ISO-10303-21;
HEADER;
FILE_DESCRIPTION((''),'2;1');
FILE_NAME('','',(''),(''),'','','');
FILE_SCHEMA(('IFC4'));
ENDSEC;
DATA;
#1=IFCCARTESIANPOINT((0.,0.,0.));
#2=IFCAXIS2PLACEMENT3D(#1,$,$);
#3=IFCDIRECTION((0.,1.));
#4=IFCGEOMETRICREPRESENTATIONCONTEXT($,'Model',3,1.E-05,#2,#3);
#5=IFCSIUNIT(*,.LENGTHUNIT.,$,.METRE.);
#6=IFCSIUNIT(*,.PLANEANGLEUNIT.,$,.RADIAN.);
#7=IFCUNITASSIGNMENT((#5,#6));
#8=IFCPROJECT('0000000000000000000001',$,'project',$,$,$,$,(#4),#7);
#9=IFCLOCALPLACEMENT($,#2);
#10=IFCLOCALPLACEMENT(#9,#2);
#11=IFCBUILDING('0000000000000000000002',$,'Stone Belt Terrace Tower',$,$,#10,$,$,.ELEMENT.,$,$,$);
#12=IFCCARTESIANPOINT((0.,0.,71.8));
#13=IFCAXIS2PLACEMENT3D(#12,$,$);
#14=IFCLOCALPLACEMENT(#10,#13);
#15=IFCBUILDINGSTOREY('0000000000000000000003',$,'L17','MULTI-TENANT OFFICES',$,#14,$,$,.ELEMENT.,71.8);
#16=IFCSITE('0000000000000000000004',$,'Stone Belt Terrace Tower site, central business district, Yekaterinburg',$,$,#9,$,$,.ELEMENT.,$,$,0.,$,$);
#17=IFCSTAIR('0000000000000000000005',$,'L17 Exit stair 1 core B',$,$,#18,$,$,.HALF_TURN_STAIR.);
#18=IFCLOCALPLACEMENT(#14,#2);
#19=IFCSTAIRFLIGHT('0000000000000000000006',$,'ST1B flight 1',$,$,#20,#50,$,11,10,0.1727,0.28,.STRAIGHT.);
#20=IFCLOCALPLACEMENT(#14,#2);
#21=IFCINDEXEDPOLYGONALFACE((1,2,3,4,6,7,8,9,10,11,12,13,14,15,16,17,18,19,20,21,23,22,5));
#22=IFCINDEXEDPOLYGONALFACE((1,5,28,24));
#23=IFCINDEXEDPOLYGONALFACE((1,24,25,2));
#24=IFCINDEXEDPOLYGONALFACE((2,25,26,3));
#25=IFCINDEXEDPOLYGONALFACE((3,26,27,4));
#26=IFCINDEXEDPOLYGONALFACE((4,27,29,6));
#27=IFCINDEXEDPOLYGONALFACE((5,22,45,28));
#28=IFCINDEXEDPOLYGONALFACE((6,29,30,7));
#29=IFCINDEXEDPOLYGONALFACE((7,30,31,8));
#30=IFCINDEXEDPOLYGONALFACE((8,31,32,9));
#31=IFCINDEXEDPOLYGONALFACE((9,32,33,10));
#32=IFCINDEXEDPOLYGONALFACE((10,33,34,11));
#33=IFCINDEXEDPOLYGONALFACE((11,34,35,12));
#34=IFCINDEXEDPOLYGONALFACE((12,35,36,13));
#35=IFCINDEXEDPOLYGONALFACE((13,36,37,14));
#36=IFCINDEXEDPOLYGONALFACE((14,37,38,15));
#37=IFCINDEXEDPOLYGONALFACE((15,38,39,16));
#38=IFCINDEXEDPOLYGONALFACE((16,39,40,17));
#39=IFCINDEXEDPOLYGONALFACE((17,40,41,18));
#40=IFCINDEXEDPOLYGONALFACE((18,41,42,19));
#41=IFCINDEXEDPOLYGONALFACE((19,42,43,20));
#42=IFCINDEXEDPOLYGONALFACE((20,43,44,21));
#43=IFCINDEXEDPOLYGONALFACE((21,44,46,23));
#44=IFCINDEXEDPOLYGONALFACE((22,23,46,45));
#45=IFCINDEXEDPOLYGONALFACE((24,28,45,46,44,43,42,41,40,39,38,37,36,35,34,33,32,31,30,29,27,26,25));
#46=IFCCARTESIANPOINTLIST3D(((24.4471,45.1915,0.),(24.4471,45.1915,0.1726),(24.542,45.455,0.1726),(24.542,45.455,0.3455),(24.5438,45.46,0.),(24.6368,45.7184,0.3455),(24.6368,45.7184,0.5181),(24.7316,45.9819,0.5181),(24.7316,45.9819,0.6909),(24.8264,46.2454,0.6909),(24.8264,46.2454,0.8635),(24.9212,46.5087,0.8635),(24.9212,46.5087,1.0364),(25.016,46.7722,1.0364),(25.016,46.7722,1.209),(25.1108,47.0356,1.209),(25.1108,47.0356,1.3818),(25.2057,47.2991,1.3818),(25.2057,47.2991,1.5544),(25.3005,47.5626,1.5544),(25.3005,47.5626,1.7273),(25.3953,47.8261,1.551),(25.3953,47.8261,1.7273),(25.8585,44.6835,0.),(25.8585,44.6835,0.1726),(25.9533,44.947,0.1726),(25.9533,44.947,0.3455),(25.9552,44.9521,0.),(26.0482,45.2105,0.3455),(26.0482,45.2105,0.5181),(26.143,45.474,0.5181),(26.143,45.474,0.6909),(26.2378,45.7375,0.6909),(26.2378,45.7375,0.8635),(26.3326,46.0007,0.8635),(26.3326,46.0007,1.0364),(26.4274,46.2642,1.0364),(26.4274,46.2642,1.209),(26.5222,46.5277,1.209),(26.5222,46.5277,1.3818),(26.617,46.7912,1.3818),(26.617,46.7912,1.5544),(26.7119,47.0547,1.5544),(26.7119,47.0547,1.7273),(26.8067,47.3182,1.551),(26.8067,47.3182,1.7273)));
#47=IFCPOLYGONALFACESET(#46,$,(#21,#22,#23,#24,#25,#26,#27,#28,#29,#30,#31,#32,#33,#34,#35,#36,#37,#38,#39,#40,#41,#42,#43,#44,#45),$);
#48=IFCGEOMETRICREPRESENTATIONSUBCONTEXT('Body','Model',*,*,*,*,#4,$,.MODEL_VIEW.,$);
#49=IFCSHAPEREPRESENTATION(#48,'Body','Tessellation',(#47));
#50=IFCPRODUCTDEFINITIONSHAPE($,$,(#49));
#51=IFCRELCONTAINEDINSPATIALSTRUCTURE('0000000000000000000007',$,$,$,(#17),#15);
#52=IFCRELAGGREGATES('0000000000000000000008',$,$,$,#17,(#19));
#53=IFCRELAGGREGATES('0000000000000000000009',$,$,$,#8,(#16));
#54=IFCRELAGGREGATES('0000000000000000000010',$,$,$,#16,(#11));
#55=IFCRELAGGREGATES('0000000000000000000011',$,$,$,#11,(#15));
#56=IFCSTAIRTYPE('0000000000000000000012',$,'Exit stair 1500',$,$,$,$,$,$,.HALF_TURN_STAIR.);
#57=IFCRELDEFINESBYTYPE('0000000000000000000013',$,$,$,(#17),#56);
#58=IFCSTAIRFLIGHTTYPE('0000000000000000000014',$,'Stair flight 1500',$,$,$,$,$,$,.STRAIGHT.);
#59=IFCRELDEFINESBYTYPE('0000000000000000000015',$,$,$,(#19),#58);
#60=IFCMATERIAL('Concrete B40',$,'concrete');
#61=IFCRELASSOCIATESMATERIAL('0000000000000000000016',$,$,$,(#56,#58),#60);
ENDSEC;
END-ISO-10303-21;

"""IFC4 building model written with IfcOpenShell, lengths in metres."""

from ifc_helpers import new_model, si_unit, direction, frame, origin, place, context, subcontext, project, spatial, polyline, outline, extrude, material, type_object, element, aggregate, save


model = new_model("IFC4")

# Units and contexts
model_context = context("Model", 3, precision=1e-05, world=origin(), true_north=direction((0.0, 1.0)))
body_context = subcontext(model_context, "Body", "Model", "MODEL_VIEW")
ifc_project = project(units=[si_unit("LENGTHUNIT", "METRE"), si_unit("PLANEANGLEUNIT", "RADIAN")], contexts=[model_context])

# Site, building, storey
site_placement = place(None, origin())
site = spatial("IfcSite", under=ifc_project, at=site_placement, Name="Stone Belt Terrace Tower site, central business district, Yekaterinburg", CompositionType="ELEMENT", RefElevation=0.0)
building_placement = place(site_placement, origin())
building = spatial("IfcBuilding", under=site, at=building_placement, Name="Stone Belt Terrace Tower", CompositionType="ELEMENT")
storey_placement = place(building_placement, frame((0.0, 0.0, 71.8)))
storey = spatial("IfcBuildingStorey", under=building, at=storey_placement, Name="L17", Description="MULTI-TENANT OFFICES", CompositionType="ELEMENT", Elevation=71.8)

# Stair, stair flight
ifc_material_1 = material(Name="Concrete B40", Category="concrete")
stair_type = type_object("IfcStairType", Name="Exit stair 1500", PredefinedType="HALF_TURN_STAIR", material=ifc_material_1)
stair_placement = place(storey_placement, origin())
stair = element("IfcStair", 1, at=stair_placement, inside=storey, type_object=stair_type, Name="L17 Exit stair 1 core B", PredefinedType="HALF_TURN_STAIR")
stair_flight_type = type_object("IfcStairFlightType", Name="Stair flight 1500", PredefinedType="STRAIGHT", material=ifc_material_1)
stair_flight_placement = place(storey_placement, frame((25.1528, 44.9375, 0.0), z_axis=(0.0, 0.0, 1.0), x_axis=(0.338624, 0.940922, 0.0)))
stair_flight = element("IfcStairFlight", 2, at=stair_flight_placement, type_object=stair_flight_type, Name="ST1B flight 1", NumberOfRisers=11, NumberOfTreads=10, PredefinedType="STRAIGHT", RiserHeight=0.1727, TreadLength=0.28, context=body_context, shape_type="SweptSolid", body=[
    extrude(outline(polyline([(0.0, 0.0), (0.0, 0.1726), (0.28, 0.1726), (0.28, 0.3455), (0.5601, 0.3455), (0.5601, 0.5181), (0.8401, 0.5181), (0.8401, 0.6909), (1.1201, 0.6909), (1.1201, 0.8635), (1.3999, 0.8635), (1.3999, 1.0364), (1.6799, 1.0364), (1.6799, 1.209), (1.96, 1.209), (1.96, 1.3818), (2.24, 1.3818), (2.24, 1.5544), (2.52, 1.5544), (2.52, 1.7273), (2.8, 1.7273), (2.8, 1.8999), (2.8, 1.551), (0.2854, 0.0), (0.0, 0.0)])), frame((0.0, 0.75, 0.0), z_axis=(0.0, -1.0, 0.0), x_axis=(1.0, 0.0, 0.0)), (0.0, 0.0, 1.0), 1.5),
])
aggregate(stair, [stair_flight])

save(model, "model.ifc")
